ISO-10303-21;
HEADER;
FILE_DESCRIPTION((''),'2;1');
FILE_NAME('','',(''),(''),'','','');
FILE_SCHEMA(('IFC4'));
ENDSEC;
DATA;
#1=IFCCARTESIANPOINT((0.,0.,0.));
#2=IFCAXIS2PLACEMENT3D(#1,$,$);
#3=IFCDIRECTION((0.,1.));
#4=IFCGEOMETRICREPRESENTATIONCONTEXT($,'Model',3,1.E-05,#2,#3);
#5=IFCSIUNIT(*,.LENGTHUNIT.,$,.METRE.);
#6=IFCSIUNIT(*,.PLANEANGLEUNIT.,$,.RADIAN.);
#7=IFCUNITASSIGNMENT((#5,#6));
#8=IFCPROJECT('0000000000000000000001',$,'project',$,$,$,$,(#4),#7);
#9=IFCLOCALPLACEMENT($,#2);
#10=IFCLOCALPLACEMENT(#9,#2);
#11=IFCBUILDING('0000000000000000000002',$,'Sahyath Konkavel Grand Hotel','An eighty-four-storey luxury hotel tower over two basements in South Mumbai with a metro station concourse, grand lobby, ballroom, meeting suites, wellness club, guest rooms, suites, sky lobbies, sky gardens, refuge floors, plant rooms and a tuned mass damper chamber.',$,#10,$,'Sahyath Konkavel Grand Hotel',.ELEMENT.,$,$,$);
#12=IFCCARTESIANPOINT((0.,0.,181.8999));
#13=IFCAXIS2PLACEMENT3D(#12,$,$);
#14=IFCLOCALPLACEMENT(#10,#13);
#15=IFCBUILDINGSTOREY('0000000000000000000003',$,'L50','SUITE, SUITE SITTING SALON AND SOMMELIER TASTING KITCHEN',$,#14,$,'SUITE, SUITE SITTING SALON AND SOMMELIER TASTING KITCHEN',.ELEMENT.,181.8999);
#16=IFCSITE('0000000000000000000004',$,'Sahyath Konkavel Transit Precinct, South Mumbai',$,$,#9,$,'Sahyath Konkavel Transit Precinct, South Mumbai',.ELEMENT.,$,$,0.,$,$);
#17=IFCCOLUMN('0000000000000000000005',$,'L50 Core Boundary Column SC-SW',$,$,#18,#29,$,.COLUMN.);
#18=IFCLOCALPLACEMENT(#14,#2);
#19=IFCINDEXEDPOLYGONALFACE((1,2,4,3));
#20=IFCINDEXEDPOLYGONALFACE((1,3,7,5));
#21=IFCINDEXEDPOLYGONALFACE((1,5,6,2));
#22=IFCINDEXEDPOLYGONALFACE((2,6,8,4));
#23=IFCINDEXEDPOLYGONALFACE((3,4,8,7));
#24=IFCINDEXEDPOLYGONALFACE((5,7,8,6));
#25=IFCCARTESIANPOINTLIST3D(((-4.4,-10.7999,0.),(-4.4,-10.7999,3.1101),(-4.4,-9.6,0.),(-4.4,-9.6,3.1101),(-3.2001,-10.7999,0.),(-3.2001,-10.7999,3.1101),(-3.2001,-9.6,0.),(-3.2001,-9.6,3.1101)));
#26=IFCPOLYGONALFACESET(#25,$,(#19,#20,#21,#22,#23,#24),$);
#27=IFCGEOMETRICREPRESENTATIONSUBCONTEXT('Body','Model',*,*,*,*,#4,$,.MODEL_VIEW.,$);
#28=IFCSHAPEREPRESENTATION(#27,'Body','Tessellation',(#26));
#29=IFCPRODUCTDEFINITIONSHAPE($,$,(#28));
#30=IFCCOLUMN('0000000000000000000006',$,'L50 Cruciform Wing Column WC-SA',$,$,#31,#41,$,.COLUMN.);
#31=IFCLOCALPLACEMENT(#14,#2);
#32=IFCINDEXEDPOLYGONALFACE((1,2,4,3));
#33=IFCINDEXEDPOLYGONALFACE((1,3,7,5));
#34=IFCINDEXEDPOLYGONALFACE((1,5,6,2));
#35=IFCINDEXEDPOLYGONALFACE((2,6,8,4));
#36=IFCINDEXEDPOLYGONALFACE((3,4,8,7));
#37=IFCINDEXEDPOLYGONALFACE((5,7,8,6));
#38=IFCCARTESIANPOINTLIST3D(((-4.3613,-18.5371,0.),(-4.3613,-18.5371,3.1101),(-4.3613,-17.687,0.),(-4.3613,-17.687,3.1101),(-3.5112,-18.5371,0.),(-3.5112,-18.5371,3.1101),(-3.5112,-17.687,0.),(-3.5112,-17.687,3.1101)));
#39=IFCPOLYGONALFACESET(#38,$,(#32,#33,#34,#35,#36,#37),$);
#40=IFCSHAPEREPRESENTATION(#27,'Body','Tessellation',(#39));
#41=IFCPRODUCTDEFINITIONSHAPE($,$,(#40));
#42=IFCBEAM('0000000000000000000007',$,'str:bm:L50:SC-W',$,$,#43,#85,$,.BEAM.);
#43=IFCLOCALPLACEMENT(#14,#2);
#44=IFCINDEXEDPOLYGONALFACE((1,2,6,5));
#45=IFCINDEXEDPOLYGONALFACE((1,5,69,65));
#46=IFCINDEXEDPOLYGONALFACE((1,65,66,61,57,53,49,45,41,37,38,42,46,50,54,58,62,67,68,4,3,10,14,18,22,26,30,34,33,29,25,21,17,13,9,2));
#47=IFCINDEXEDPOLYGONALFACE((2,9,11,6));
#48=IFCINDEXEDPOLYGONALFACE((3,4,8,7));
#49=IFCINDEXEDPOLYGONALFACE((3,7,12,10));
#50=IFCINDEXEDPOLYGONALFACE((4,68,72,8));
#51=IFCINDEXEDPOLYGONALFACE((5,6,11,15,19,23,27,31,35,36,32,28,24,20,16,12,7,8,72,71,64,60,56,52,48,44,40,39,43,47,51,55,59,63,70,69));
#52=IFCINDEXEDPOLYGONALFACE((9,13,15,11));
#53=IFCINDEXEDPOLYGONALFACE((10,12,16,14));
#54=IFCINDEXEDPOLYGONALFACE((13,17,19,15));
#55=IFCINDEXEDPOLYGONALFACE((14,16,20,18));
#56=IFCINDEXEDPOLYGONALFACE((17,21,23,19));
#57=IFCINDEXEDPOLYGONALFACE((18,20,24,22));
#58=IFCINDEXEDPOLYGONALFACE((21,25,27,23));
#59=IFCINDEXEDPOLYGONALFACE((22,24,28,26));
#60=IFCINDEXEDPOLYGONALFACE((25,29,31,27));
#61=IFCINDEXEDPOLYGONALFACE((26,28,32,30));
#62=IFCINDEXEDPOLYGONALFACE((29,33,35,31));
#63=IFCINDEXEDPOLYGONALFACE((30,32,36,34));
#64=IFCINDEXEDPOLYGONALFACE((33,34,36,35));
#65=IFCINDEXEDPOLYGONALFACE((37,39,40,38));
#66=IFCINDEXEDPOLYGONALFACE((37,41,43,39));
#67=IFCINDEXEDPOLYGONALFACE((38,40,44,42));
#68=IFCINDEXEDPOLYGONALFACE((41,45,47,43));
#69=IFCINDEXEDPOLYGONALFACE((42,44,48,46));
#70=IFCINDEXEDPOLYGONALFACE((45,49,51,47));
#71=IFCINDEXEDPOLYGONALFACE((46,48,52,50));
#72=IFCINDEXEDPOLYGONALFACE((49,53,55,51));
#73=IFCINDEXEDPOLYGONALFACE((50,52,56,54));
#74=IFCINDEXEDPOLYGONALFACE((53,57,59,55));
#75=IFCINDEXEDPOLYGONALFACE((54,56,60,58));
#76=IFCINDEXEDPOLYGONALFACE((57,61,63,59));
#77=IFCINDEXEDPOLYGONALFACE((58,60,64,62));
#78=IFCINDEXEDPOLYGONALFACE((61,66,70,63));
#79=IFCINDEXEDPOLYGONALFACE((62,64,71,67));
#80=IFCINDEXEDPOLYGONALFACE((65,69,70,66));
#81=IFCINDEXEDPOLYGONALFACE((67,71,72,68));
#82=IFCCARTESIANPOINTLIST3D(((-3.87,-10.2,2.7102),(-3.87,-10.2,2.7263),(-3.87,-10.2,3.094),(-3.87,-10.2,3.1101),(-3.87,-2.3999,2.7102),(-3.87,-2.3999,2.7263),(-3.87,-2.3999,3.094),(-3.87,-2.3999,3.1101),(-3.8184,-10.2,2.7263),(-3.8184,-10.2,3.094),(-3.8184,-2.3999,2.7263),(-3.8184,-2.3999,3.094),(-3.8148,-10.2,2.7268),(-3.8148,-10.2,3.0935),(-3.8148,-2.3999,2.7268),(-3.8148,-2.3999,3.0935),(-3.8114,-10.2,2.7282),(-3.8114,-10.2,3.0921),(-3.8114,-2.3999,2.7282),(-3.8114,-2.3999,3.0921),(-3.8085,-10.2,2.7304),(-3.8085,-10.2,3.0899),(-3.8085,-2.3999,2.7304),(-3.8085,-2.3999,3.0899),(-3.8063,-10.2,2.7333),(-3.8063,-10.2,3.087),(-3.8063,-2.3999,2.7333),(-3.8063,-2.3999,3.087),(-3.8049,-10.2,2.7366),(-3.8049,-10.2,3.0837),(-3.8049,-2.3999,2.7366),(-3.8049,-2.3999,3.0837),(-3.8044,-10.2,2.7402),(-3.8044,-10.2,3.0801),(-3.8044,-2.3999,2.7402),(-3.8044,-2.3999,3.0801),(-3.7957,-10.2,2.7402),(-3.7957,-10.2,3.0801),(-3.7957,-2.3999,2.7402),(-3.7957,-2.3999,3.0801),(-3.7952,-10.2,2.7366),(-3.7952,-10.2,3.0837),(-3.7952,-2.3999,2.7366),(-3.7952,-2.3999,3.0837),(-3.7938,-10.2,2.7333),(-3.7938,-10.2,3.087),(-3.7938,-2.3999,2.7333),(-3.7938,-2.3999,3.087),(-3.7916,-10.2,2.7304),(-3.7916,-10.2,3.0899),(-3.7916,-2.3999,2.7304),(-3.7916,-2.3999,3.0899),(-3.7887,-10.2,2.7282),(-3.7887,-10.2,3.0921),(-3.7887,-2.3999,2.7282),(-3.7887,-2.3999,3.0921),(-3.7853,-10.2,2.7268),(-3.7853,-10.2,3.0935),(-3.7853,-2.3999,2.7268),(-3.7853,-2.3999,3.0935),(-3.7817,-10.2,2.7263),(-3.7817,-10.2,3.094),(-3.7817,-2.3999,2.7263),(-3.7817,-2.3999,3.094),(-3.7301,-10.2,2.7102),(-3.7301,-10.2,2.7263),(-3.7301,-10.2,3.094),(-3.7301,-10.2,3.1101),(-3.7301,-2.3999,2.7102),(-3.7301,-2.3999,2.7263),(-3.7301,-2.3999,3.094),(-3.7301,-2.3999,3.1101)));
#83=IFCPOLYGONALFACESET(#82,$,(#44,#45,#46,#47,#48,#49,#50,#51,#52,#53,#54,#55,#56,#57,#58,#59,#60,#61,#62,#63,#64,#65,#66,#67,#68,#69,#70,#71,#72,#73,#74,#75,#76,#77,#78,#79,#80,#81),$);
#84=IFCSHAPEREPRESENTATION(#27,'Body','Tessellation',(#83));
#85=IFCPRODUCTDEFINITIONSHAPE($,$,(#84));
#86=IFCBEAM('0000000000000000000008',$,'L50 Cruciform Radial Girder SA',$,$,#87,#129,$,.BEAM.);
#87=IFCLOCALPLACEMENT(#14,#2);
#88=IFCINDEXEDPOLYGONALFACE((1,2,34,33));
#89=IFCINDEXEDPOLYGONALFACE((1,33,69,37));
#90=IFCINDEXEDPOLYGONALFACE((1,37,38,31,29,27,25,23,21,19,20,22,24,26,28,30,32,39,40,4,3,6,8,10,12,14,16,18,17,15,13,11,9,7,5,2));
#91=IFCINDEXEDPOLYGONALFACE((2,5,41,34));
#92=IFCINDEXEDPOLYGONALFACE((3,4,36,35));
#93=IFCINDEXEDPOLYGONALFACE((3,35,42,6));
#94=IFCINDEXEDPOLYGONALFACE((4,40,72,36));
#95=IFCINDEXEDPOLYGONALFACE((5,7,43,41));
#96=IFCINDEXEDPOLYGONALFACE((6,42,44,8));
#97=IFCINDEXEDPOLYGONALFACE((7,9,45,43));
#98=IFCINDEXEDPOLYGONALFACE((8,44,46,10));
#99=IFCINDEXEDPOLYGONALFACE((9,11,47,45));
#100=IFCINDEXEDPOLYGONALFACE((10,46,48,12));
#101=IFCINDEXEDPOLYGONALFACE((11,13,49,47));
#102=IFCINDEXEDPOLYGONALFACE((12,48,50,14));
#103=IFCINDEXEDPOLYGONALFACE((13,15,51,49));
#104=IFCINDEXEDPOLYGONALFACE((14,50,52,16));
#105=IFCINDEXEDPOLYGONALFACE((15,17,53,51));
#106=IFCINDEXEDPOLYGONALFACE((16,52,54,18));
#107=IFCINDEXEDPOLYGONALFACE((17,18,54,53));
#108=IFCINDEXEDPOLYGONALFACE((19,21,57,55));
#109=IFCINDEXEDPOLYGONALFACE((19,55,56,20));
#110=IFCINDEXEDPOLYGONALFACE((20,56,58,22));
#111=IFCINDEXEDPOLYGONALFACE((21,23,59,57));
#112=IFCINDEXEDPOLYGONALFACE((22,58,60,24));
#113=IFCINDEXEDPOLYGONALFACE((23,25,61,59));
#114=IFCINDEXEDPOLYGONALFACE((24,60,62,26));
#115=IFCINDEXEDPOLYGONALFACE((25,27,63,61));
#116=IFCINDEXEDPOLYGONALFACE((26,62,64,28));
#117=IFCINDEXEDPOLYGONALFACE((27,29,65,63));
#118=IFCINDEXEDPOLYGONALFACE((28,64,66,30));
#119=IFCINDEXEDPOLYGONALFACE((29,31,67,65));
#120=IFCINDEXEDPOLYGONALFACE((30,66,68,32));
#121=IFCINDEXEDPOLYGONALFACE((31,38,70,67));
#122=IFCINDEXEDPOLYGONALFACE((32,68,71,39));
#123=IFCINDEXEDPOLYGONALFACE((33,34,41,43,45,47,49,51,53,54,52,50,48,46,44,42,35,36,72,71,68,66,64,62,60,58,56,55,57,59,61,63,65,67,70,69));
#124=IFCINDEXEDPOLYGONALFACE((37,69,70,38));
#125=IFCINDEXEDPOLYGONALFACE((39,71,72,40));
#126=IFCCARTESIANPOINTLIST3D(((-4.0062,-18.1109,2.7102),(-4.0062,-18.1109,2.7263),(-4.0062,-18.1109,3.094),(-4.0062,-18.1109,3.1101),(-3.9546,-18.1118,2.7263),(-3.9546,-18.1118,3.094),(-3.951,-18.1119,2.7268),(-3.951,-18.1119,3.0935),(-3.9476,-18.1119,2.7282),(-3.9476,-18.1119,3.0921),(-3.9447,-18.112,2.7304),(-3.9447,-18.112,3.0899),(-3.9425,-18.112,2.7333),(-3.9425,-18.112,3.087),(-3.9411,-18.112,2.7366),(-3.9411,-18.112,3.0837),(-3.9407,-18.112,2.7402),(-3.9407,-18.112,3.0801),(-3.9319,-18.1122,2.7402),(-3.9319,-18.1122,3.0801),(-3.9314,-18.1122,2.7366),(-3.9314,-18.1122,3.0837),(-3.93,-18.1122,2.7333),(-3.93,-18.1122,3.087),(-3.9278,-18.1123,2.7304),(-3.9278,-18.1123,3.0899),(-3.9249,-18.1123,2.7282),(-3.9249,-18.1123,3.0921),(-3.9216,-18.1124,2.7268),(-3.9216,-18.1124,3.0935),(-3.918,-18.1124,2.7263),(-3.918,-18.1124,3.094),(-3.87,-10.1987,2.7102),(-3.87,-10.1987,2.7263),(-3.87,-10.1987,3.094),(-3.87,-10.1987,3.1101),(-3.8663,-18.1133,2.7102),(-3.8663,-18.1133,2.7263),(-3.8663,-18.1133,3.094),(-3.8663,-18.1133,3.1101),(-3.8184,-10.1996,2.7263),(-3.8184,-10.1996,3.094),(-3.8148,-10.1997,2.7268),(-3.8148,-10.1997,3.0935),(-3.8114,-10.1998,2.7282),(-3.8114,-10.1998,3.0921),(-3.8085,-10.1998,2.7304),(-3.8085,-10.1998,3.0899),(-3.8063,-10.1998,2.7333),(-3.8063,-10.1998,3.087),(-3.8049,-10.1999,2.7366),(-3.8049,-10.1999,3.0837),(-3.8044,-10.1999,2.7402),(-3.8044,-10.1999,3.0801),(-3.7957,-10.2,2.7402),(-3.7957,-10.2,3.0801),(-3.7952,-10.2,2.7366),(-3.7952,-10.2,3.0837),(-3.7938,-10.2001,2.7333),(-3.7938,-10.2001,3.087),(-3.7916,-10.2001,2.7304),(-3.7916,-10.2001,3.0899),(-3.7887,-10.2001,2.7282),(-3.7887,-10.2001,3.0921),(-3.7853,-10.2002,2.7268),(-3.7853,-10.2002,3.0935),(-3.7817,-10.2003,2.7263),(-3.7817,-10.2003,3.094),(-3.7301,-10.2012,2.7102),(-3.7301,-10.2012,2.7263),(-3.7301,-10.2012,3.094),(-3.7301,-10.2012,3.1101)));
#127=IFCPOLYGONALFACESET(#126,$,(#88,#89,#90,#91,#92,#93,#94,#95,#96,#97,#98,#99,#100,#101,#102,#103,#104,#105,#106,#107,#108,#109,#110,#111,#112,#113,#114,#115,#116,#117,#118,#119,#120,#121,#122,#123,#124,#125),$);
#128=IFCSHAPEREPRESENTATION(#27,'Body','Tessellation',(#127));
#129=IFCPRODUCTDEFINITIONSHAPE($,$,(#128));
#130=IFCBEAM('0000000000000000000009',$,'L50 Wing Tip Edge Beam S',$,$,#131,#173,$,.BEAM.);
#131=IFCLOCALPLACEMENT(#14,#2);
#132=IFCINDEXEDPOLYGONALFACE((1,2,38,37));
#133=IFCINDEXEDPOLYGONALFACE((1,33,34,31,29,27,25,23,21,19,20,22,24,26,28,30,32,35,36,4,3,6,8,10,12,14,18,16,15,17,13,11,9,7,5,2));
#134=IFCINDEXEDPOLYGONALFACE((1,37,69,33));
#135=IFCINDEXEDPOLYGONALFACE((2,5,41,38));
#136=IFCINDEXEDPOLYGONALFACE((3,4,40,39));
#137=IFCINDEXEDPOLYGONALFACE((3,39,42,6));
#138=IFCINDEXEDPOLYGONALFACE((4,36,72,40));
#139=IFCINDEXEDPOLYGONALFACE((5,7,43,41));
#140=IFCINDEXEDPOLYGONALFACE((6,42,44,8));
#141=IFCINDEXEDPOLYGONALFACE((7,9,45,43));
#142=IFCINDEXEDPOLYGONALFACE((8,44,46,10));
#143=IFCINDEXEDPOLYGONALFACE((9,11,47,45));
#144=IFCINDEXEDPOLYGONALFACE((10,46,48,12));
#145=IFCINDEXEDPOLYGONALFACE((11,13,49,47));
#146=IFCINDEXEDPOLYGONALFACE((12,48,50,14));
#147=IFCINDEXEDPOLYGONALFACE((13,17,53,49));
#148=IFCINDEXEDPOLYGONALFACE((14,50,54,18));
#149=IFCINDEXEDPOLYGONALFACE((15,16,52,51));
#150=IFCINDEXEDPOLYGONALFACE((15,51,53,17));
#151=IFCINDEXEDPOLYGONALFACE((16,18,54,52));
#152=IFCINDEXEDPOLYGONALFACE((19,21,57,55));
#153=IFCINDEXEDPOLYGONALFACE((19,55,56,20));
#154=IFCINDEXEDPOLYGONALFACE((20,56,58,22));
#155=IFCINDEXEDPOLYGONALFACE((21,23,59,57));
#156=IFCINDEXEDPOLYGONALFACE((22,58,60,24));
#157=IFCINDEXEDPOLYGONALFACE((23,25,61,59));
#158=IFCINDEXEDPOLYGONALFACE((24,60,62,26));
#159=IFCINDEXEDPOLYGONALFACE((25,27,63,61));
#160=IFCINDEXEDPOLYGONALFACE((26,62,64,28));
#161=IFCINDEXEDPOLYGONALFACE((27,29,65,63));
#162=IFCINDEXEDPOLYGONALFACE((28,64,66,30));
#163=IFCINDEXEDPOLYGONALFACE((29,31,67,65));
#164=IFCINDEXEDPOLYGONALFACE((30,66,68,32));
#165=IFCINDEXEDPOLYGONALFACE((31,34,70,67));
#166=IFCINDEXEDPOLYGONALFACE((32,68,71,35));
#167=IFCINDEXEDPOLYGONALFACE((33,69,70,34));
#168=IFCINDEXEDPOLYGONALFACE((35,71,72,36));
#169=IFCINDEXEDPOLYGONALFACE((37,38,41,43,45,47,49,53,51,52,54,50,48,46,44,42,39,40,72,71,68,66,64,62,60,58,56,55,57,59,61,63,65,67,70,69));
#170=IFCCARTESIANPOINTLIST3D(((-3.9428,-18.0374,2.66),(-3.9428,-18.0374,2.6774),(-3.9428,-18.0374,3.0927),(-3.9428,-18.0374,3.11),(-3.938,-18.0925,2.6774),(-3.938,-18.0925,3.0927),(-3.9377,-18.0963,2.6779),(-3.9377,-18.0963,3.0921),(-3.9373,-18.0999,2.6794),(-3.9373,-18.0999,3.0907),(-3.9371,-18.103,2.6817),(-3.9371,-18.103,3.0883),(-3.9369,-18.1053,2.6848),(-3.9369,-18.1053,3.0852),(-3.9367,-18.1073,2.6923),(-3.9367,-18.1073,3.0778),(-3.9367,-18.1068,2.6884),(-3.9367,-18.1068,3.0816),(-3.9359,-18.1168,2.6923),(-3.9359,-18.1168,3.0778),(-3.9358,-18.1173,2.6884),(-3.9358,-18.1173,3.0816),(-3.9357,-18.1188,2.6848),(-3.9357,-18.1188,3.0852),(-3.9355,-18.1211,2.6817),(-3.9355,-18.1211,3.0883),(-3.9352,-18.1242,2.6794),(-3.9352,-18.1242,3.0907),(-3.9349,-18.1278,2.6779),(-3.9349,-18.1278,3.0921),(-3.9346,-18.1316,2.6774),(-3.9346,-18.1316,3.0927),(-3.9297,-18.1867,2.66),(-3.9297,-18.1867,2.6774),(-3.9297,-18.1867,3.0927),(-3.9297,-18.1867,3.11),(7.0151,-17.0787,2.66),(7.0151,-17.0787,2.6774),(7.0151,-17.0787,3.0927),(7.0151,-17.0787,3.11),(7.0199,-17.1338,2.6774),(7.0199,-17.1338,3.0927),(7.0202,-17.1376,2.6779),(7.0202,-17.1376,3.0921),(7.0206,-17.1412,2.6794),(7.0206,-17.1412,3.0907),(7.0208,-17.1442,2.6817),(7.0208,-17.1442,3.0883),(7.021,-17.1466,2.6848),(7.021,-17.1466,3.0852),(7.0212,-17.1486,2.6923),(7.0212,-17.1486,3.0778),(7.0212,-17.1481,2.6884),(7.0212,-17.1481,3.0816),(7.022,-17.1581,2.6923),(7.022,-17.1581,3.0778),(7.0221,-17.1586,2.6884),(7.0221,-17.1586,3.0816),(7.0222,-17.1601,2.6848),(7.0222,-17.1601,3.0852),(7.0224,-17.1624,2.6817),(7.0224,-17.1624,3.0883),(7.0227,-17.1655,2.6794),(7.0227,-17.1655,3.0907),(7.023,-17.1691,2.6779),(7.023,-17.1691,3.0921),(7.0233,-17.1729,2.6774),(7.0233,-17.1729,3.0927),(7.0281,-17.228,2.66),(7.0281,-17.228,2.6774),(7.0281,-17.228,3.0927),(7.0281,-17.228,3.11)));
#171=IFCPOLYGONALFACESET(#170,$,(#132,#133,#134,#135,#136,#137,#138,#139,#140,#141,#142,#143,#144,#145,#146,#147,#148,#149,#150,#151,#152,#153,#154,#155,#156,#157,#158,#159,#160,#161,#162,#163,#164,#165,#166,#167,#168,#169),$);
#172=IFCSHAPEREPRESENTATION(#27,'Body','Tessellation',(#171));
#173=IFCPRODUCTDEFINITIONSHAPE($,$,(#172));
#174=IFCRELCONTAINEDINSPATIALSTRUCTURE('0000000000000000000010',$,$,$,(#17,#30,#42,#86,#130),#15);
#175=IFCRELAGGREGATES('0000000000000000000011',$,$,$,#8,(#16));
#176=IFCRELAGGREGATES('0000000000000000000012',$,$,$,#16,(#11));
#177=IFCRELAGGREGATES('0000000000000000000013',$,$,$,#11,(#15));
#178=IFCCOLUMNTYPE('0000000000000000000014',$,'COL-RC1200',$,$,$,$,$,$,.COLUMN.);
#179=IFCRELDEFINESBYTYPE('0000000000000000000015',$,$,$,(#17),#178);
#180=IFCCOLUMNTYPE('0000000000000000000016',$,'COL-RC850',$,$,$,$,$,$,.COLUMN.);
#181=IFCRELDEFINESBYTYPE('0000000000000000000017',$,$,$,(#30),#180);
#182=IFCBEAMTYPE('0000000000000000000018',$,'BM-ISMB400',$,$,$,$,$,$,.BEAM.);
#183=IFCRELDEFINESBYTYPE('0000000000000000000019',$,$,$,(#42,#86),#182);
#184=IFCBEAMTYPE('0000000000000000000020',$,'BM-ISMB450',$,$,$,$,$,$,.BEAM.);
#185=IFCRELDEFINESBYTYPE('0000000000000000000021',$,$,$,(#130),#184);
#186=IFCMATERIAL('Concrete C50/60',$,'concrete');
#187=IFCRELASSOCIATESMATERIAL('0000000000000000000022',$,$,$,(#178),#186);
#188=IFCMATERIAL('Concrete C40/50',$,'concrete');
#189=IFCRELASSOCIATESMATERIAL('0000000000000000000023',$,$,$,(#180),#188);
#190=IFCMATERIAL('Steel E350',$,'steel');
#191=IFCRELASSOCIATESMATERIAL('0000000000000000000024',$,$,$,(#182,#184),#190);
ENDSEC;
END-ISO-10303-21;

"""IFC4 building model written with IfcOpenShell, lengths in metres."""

from ifc_helpers import new_model, si_unit, direction, frame, origin, origin_2d, place, context, subcontext, project, spatial, rectangle, i_section, extrude, source, transform, mapped, material, material_profile, profile_set, type_object, element, save


model = new_model("IFC4")

# Units and contexts
model_context = context("Model", 3, precision=1e-05, world=origin(), true_north=direction((0.0, 1.0)))
body_context = subcontext(model_context, "Body", "Model", "MODEL_VIEW")
ifc_project = project(units=[si_unit("LENGTHUNIT", "METRE"), si_unit("PLANEANGLEUNIT", "RADIAN")], contexts=[model_context])

# Site, building, storey
site_placement = place(None, origin())
site = spatial("IfcSite", under=ifc_project, at=site_placement, Name="Sahyath Konkavel Transit Precinct, South Mumbai", LongName="Sahyath Konkavel Transit Precinct, South Mumbai", CompositionType="ELEMENT", RefElevation=0.0)
building_placement = place(site_placement, origin())
building = spatial("IfcBuilding", under=site, at=building_placement, Name="Sahyath Konkavel Grand Hotel", Description="An eighty-four-storey luxury hotel tower over two basements in South Mumbai with a metro station concourse, grand lobby, ballroom, meeting suites, wellness club, guest rooms, suites, sky lobbies, sky gardens, refuge floors, plant rooms and a tuned mass damper chamber.", LongName="Sahyath Konkavel Grand Hotel", CompositionType="ELEMENT")
storey_placement = place(building_placement, frame((0.0, 0.0, 181.8999)))
storey = spatial("IfcBuildingStorey", under=building, at=storey_placement, Name="L50", Description="SUITE, SUITE SITTING SALON AND SOMMELIER TASTING KITCHEN", LongName="SUITE, SUITE SITTING SALON AND SOMMELIER TASTING KITCHEN", CompositionType="ELEMENT", Elevation=181.8999)

# Columns
ifc_material_1 = material(Name="Concrete C50/60", Category="concrete")
ifc_material_profile_1 = material_profile(ifc_material_1, rectangle(XDim=1.2, YDim=1.2, at=origin_2d()), Name="RC 1200x1200")
ifc_profile_set_1 = profile_set([ifc_material_profile_1], Name="Concrete C50/60")
column_type_1 = type_object("IfcColumnType", Name="COL-RC1200", PredefinedType="COLUMN", material=ifc_profile_set_1)
shared_shape_1 = source(origin(), body_context, "Body", "SweptSolid", [
    extrude(rectangle(XDim=1.2, YDim=1.2, at=origin_2d()), origin(), (0.0, 0.0, 1.0), 3.1101),
])
column_1_placement = place(storey_placement, frame((-3.8, -10.2, 0.0), z_axis=(0.0, 0.0, 1.0), x_axis=(1.0, 0.0, 0.0)))
element("IfcColumn", 1, at=column_1_placement, inside=storey, type_object=column_type_1, Name="L50 Core Boundary Column SC-SW", PredefinedType="COLUMN", context=body_context, shape_type="MappedRepresentation", body=[
    mapped(shared_shape_1, transform((0.0, 0.0, 0.0), scale=1.0)),
])
ifc_material_2 = material(Name="Concrete C40/50", Category="concrete")
ifc_material_profile_2 = material_profile(ifc_material_2, rectangle(XDim=0.8501, YDim=0.8501, at=origin_2d()), Name="RC 850x850")
ifc_profile_set_2 = profile_set([ifc_material_profile_2], Name="Concrete C40/50")
column_type_2 = type_object("IfcColumnType", Name="COL-RC850", PredefinedType="COLUMN", material=ifc_profile_set_2)
shared_shape_2 = source(origin(), body_context, "Body", "SweptSolid", [
    extrude(rectangle(XDim=0.8501, YDim=0.8501, at=origin_2d()), origin(), (0.0, 0.0, 1.0), 3.1101),
])
column_2_placement = place(storey_placement, frame((-3.9363, -18.1121, 0.0), z_axis=(0.0, 0.0, 1.0), x_axis=(1.0, 0.0, 0.0)))
element("IfcColumn", 2, at=column_2_placement, inside=storey, type_object=column_type_2, Name="L50 Cruciform Wing Column WC-SA", PredefinedType="COLUMN", context=body_context, shape_type="MappedRepresentation", body=[
    mapped(shared_shape_2, transform((0.0, 0.0, 0.0), scale=1.0)),
])

# Beams
ifc_material_3 = material(Name="Steel E350", Category="steel")
ifc_material_profile_3 = material_profile(ifc_material_3, i_section(OverallWidth=0.1399, OverallDepth=0.3999, WebThickness=0.0088, FlangeThickness=0.0161, FilletRadius=0.0139, at=origin_2d()), Name="ISMB 400")
ifc_profile_set_3 = profile_set([ifc_material_profile_3], Name="Steel E350")
beam_type_1 = type_object("IfcBeamType", Name="BM-ISMB400", PredefinedType="BEAM", material=ifc_profile_set_3)
shared_shape_3 = source(origin(), body_context, "Body", "SweptSolid", [
    extrude(i_section(OverallWidth=0.1399, OverallDepth=0.3999, WebThickness=0.0088, FlangeThickness=0.0161, FilletRadius=0.0139, at=origin_2d()), origin(), (0.0, 0.0, 1.0), 7.8),
])
beam_1_placement = place(storey_placement, frame((-3.8, -10.2, 2.9102), z_axis=(0.0, 1.0, 0.0), x_axis=(-1.0, 0.0, 0.0)))
element("IfcBeam", 3, at=beam_1_placement, inside=storey, type_object=beam_type_1, Name="str:bm:L50:SC-W", PredefinedType="BEAM", context=body_context, shape_type="MappedRepresentation", body=[
    mapped(shared_shape_3, transform((0.0, 0.0, 0.0), scale=1.0)),
])
shared_shape_4 = source(origin(), body_context, "Body", "SweptSolid", [
    extrude(i_section(OverallWidth=0.1399, OverallDepth=0.3999, WebThickness=0.0088, FlangeThickness=0.0161, FilletRadius=0.0139, at=origin_2d()), origin(), (0.0, 0.0, 1.0), 7.9133),
])
beam_2_placement = place(storey_placement, frame((-3.8, -10.2, 2.9102), z_axis=(-0.017215, -0.999852, 0.0), x_axis=(0.999852, -0.017215, 0.0)))
element("IfcBeam", 4, at=beam_2_placement, inside=storey, type_object=beam_type_1, Name="L50 Cruciform Radial Girder SA", PredefinedType="BEAM", context=body_context, shape_type="MappedRepresentation", body=[
    mapped(shared_shape_4, transform((0.0, 0.0, 0.0), scale=1.0)),
])
ifc_material_profile_4 = material_profile(ifc_material_3, i_section(OverallWidth=0.1499, OverallDepth=0.45, WebThickness=0.0095, FlangeThickness=0.0173, FilletRadius=0.0149, at=origin_2d()), Name="ISMB 450")
ifc_profile_set_4 = profile_set([ifc_material_profile_4], Name="Steel E350")
beam_type_2 = type_object("IfcBeamType", Name="BM-ISMB450", PredefinedType="BEAM", material=ifc_profile_set_4)
shared_shape_5 = source(origin(), body_context, "Body", "SweptSolid", [
    extrude(i_section(OverallWidth=0.1499, OverallDepth=0.45, WebThickness=0.0095, FlangeThickness=0.0173, FilletRadius=0.0149, at=origin_2d()), origin(), (0.0, 0.0, 1.0), 10.9998),
])
beam_3_placement = place(storey_placement, frame((-3.9363, -18.1121, 2.885), z_axis=(0.996194, 0.087159, 0.0), x_axis=(-0.087159, 0.996194, 0.0)))
element("IfcBeam", 5, at=beam_3_placement, inside=storey, type_object=beam_type_2, Name="L50 Wing Tip Edge Beam S", PredefinedType="BEAM", context=body_context, shape_type="MappedRepresentation", body=[
    mapped(shared_shape_5, transform((0.0, 0.0, 0.0), scale=1.0)),
])

save(model, "model.ifc")
